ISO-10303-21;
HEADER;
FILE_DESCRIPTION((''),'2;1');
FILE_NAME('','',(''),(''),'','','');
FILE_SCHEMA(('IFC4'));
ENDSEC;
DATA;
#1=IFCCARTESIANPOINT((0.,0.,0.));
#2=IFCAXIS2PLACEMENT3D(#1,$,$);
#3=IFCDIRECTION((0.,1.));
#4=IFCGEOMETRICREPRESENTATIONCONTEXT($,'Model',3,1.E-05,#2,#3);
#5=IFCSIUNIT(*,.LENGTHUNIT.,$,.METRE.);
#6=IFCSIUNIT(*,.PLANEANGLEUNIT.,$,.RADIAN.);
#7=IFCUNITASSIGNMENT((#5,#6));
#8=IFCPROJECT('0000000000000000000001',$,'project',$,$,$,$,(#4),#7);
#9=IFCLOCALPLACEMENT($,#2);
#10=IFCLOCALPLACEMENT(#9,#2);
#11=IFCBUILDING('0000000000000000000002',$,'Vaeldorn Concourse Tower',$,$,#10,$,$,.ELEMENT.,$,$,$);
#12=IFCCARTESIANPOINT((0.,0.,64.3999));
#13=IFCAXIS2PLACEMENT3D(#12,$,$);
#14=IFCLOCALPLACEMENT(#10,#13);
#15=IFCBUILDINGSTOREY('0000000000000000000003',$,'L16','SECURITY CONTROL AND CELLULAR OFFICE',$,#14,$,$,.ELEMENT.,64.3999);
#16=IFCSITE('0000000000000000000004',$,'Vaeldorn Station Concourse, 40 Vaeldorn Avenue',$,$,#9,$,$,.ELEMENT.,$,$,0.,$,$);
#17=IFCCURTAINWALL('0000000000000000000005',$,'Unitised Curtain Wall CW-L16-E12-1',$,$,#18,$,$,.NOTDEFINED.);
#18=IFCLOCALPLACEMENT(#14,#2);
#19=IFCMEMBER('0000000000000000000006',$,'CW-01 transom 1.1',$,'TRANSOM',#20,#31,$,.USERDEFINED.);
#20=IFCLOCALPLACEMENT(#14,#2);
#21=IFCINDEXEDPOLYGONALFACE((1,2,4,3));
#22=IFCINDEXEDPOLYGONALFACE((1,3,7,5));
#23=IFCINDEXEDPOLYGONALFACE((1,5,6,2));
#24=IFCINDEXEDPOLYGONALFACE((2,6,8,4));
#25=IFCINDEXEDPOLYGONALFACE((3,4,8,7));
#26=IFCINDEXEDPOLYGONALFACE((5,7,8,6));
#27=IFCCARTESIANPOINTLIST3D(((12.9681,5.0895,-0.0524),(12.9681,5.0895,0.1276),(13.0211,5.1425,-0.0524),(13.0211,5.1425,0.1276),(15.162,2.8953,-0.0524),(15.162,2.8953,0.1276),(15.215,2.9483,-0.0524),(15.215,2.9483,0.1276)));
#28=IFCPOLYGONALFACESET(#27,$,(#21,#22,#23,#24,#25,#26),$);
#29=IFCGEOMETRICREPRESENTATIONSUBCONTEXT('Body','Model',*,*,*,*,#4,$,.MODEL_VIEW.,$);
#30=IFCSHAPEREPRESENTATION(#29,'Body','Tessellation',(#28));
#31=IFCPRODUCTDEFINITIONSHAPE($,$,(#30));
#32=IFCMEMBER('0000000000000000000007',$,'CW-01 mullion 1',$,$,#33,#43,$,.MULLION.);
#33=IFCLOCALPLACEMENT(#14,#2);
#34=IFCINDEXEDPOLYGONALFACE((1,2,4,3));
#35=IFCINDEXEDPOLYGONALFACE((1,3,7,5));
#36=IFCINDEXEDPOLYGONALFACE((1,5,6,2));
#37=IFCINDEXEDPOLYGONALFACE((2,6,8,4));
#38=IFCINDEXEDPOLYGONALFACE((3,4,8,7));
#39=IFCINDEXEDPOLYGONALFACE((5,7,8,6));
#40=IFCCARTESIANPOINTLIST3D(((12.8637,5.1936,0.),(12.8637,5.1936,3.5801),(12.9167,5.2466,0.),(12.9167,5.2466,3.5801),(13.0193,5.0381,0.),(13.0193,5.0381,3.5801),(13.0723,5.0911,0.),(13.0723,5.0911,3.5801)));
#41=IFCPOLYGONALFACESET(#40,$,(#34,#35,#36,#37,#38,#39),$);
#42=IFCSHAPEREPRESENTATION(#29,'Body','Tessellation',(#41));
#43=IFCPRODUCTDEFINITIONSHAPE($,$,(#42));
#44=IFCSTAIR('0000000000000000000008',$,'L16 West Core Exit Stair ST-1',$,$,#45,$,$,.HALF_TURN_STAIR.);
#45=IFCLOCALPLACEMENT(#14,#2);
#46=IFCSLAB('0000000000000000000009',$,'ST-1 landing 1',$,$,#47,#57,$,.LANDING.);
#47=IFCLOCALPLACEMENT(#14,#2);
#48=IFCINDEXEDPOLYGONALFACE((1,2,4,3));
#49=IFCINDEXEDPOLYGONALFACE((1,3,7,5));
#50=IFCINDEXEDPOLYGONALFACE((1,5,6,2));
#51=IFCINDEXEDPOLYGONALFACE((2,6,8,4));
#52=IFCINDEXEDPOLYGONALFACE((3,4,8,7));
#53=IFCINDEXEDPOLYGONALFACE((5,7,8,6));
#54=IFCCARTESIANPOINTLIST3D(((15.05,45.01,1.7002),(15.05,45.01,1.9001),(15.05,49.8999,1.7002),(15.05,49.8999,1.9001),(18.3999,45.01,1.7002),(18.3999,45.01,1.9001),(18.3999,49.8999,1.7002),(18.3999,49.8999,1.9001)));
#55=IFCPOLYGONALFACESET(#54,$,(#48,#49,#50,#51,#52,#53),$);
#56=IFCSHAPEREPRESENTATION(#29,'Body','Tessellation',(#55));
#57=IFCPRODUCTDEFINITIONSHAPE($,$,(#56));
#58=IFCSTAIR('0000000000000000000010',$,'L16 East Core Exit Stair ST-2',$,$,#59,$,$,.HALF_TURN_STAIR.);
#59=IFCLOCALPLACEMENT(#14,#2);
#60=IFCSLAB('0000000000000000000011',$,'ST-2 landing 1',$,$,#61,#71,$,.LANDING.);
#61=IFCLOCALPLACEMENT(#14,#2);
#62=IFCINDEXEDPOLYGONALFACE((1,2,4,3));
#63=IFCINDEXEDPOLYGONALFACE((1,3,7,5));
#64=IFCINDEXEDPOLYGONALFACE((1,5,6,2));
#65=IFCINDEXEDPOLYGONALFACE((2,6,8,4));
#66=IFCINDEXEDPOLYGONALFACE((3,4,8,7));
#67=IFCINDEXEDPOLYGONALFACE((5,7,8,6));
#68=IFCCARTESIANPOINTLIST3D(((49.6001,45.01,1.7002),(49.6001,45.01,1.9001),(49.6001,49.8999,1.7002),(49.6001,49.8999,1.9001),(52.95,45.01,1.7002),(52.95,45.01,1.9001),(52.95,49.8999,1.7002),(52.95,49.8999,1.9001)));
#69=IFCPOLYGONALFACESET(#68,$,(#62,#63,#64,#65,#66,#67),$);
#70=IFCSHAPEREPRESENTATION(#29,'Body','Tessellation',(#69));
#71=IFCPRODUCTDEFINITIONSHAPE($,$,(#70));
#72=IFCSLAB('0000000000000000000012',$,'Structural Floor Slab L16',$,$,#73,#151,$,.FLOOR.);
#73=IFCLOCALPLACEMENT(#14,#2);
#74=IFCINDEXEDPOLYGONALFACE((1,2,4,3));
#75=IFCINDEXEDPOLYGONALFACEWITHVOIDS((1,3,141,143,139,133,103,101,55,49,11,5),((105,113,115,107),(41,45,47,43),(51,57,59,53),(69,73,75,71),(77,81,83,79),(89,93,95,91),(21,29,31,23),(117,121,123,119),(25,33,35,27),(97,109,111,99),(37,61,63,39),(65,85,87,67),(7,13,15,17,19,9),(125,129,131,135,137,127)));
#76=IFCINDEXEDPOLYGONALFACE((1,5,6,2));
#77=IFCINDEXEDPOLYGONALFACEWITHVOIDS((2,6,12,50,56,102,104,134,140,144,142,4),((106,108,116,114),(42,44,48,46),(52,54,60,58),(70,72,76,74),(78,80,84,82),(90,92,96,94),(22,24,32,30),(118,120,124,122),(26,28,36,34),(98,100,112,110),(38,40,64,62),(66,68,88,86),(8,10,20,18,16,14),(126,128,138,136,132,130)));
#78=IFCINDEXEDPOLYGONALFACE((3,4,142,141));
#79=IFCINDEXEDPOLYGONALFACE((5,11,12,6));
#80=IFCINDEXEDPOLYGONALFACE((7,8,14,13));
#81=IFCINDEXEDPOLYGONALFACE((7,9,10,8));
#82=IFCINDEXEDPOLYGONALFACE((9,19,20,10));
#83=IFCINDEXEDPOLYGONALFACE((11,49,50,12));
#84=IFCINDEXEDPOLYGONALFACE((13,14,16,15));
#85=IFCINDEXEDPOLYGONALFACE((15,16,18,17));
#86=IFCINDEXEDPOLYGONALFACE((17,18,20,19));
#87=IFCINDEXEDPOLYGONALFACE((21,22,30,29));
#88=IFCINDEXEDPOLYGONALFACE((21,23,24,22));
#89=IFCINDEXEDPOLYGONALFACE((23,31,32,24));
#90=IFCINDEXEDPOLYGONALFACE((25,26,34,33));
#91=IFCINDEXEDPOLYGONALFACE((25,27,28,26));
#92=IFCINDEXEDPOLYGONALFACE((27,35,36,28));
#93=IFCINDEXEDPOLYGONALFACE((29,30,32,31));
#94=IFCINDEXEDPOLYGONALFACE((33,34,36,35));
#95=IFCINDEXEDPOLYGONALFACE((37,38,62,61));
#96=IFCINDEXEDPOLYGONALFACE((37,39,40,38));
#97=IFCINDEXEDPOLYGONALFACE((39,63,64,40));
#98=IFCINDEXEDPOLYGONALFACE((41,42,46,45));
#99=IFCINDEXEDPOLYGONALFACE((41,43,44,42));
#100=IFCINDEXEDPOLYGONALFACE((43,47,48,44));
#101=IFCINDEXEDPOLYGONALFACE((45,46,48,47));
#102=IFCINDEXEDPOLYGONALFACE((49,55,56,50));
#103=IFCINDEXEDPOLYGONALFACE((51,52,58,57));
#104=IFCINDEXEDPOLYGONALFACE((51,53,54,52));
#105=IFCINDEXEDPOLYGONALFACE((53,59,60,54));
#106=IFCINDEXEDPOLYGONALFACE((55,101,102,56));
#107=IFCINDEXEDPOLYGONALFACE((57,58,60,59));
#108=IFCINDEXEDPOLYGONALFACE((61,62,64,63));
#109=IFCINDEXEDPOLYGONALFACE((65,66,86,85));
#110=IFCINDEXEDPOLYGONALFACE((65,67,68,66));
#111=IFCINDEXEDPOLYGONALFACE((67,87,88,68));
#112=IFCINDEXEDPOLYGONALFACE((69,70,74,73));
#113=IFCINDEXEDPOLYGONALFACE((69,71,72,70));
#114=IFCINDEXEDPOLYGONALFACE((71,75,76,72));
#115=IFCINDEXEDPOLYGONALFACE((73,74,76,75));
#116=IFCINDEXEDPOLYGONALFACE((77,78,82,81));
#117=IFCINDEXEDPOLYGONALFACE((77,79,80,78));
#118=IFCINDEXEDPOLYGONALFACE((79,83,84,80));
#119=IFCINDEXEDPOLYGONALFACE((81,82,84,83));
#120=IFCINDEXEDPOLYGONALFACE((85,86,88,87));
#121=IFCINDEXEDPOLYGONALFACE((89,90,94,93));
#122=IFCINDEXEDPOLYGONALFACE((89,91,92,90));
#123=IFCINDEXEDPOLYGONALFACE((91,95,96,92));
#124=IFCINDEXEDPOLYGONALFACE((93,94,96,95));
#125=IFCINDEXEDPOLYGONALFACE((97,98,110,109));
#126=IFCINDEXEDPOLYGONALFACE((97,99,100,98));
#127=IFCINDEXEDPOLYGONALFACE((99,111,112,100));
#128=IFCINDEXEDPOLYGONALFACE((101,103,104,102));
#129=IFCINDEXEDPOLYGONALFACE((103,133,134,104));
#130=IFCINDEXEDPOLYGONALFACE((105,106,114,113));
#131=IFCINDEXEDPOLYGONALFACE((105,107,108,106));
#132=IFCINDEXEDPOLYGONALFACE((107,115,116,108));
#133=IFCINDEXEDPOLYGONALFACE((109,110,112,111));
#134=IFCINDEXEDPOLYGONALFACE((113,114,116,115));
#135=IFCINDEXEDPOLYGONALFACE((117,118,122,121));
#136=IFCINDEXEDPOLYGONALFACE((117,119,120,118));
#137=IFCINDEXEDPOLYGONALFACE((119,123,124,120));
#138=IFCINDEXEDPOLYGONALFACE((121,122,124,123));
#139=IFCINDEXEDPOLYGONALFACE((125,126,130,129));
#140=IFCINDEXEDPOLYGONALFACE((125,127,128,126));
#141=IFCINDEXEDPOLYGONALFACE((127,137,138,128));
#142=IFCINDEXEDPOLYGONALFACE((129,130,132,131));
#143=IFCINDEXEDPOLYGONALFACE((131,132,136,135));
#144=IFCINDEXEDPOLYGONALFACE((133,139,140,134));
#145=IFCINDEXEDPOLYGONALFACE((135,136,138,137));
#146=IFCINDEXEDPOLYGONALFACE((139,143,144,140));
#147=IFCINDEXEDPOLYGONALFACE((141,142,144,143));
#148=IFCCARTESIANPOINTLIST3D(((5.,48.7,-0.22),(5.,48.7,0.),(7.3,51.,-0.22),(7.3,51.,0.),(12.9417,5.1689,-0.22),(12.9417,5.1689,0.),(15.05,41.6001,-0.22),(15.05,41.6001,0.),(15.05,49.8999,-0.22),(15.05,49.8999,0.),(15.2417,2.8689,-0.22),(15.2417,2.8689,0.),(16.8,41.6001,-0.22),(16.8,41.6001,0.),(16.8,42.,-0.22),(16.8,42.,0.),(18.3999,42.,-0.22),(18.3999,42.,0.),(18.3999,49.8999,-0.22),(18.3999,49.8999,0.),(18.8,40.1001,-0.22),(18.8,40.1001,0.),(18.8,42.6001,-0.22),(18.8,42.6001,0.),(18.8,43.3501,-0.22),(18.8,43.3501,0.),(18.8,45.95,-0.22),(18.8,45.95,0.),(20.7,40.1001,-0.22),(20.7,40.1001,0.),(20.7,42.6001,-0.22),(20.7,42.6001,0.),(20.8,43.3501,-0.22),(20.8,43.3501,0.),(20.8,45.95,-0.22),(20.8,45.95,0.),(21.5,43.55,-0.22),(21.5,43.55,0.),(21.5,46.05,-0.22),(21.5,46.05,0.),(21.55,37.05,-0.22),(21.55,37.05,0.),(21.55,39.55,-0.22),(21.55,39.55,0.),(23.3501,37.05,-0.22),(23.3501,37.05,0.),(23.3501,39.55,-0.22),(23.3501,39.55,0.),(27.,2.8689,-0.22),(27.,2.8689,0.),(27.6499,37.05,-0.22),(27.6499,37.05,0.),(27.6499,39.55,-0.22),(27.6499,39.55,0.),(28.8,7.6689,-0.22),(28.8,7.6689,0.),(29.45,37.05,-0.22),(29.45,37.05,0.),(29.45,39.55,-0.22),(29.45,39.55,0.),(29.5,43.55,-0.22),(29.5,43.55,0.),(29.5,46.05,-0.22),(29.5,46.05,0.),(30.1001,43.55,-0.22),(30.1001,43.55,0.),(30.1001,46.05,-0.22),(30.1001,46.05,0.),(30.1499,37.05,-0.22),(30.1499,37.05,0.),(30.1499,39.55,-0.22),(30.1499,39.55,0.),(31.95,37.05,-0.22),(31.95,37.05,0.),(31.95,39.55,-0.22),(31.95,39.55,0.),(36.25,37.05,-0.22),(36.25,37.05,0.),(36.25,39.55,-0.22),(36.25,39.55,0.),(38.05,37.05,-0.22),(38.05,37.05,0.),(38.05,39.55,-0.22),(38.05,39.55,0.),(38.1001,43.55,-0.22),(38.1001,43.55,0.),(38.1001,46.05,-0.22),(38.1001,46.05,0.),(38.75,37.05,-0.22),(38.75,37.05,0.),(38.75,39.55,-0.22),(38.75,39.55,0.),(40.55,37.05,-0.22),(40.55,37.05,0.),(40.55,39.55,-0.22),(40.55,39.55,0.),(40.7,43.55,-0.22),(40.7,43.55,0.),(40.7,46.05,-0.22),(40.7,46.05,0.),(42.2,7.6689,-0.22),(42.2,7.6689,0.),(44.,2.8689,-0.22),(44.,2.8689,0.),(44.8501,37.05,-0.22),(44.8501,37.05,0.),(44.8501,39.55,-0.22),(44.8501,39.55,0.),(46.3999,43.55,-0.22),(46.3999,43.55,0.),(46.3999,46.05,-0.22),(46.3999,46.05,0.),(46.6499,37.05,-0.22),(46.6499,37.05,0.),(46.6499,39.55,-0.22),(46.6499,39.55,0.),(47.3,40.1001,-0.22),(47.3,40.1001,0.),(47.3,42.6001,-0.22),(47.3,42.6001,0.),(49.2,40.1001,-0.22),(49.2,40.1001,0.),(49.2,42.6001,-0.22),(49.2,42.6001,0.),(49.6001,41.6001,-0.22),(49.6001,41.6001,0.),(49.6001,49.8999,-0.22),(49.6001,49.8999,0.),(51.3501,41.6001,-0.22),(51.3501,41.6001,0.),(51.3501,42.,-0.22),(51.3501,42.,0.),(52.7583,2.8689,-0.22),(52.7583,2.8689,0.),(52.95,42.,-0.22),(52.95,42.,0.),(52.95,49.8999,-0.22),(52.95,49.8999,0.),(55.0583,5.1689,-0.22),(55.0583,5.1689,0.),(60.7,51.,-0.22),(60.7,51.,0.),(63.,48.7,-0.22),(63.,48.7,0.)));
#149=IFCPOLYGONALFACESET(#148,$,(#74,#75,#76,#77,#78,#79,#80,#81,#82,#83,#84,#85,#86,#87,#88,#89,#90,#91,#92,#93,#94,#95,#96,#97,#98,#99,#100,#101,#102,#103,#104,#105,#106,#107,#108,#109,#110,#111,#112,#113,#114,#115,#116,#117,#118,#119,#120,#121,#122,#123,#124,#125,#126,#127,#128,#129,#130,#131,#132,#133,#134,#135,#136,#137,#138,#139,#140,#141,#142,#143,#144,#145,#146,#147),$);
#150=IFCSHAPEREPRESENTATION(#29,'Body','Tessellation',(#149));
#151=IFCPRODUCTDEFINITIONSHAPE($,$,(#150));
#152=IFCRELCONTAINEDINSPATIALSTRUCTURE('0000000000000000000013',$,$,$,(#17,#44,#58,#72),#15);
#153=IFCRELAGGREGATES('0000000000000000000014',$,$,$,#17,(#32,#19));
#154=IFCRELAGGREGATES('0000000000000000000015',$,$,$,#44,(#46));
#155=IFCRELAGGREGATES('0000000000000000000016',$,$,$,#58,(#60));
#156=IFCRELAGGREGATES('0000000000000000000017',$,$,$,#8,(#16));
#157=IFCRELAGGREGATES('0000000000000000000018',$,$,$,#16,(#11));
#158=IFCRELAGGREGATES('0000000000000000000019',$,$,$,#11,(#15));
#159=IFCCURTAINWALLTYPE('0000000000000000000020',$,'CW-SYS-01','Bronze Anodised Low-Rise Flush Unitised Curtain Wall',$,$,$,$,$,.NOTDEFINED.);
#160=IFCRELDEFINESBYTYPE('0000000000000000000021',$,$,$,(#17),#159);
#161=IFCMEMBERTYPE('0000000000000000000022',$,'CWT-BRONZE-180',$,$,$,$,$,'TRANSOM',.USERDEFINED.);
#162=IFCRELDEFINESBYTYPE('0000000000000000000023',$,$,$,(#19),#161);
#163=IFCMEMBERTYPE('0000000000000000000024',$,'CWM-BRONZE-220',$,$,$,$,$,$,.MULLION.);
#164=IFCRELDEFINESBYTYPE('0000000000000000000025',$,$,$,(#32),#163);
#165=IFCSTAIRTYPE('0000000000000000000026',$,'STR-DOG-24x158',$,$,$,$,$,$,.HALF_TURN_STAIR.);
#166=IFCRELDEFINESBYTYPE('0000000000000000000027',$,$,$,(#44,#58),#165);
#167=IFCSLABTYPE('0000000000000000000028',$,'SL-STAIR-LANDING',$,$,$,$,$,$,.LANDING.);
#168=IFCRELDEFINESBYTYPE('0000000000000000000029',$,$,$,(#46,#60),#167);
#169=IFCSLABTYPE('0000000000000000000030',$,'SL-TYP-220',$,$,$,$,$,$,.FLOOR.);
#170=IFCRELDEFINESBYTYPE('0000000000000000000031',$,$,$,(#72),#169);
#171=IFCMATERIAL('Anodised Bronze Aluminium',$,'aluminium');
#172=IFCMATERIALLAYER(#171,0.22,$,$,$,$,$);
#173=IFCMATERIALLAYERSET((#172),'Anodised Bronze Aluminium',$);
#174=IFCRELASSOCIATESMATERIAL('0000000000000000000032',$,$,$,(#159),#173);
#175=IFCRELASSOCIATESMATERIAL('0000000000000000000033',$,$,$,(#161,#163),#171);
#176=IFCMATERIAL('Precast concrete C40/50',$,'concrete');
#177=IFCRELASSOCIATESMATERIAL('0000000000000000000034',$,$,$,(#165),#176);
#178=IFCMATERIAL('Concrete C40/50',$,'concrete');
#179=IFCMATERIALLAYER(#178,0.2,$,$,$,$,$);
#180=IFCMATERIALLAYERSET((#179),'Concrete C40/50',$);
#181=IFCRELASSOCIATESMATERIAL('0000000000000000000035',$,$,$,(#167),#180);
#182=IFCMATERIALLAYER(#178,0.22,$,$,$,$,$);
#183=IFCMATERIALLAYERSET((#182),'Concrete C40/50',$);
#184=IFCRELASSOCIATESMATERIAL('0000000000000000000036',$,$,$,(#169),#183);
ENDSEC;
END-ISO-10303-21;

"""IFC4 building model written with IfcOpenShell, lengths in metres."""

from ifc_helpers import new_model, si_unit, direction, frame, origin, origin_2d, place, context, subcontext, project, spatial, polyline, rectangle, outline, extrude, source, transform, mapped, material, layer, layer_set, material_profile, profile_set, type_object, element, aggregate, save


model = new_model("IFC4")

# Units and contexts
model_context = context("Model", 3, precision=1e-05, world=origin(), true_north=direction((0.0, 1.0)))
body_context = subcontext(model_context, "Body", "Model", "MODEL_VIEW")
ifc_project = project(units=[si_unit("LENGTHUNIT", "METRE"), si_unit("PLANEANGLEUNIT", "RADIAN")], contexts=[model_context])

# Site, building, storey
site_placement = place(None, origin())
site = spatial("IfcSite", under=ifc_project, at=site_placement, Name="Vaeldorn Station Concourse, 40 Vaeldorn Avenue", CompositionType="ELEMENT", RefElevation=0.0)
building_placement = place(site_placement, origin())
building = spatial("IfcBuilding", under=site, at=building_placement, Name="Vaeldorn Concourse Tower", CompositionType="ELEMENT")
storey_placement = place(building_placement, frame((0.0, 0.0, 64.3999)))
storey = spatial("IfcBuildingStorey", under=building, at=storey_placement, Name="L16", Description="SECURITY CONTROL AND CELLULAR OFFICE", CompositionType="ELEMENT", Elevation=64.3999)

# Curtain wall, members
ifc_material_1 = material(Name="Anodised Bronze Aluminium", Category="aluminium")
ifc_layer_1 = layer(ifc_material_1, 0.22)
ifc_layer_set_1 = layer_set([ifc_layer_1], Name="Anodised Bronze Aluminium")
curtain_wall_type = type_object("IfcCurtainWallType", Name="CW-SYS-01", Description="Bronze Anodised Low-Rise Flush Unitised Curtain Wall", PredefinedType="NOTDEFINED", material=ifc_layer_set_1)
curtain_wall_placement = place(storey_placement, origin())
curtain_wall = element("IfcCurtainWall", 1, at=curtain_wall_placement, inside=storey, type_object=curtain_wall_type, Name="Unitised Curtain Wall CW-L16-E12-1", PredefinedType="NOTDEFINED")
ifc_material_profile_1 = material_profile(ifc_material_1, rectangle(XDim=0.075, YDim=0.1799, at=origin_2d()), Name="CWT 75x180")
ifc_profile_set_1 = profile_set([ifc_material_profile_1], Name="Anodised Bronze Aluminium")
member_type_1 = type_object("IfcMemberType", Name="CWT-BRONZE-180", ElementType="TRANSOM", PredefinedType="USERDEFINED", material=ifc_profile_set_1)
shared_shape_1 = source(origin(), body_context, "Body", "SweptSolid", [
    extrude(rectangle(XDim=0.075, YDim=0.1799, at=origin_2d()), origin(), (0.0, 0.0, 1.0), 3.1028),
])
member_1_placement = place(storey_placement, frame((12.9946, 5.116, 0.0376), z_axis=(0.707067, -0.707146, 0.0), x_axis=(0.707146, 0.707067, 0.0)))
member_1 = element("IfcMember", 2, at=member_1_placement, type_object=member_type_1, Name="CW-01 transom 1.1", ObjectType="TRANSOM", PredefinedType="USERDEFINED", context=body_context, shape_type="MappedRepresentation", body=[
    mapped(shared_shape_1, transform((0.0, 0.0, 0.0), scale=1.0)),
])
ifc_material_profile_2 = material_profile(ifc_material_1, rectangle(XDim=0.075, YDim=0.22, at=origin_2d()), Name="CWM 75x220")
ifc_profile_set_2 = profile_set([ifc_material_profile_2], Name="Anodised Bronze Aluminium")
member_type_2 = type_object("IfcMemberType", Name="CWM-BRONZE-220", PredefinedType="MULLION", material=ifc_profile_set_2)
shared_shape_2 = source(origin(), body_context, "Body", "SweptSolid", [
    extrude(rectangle(XDim=0.075, YDim=0.22, at=origin_2d()), origin(), (0.0, 0.0, 1.0), 3.5801),
])
member_2_placement = place(storey_placement, frame((12.968, 5.1423, 0.0), z_axis=(0.0, 0.0, 1.0), x_axis=(0.707107, 0.707107, 0.0)))
member_2 = element("IfcMember", 3, at=member_2_placement, type_object=member_type_2, Name="CW-01 mullion 1", PredefinedType="MULLION", context=body_context, shape_type="MappedRepresentation", body=[
    mapped(shared_shape_2, transform((0.0, 0.0, 0.0), scale=1.0)),
])
aggregate(curtain_wall, [member_2, member_1])

# Stairs, slabs
ifc_material_2 = material(Name="Precast concrete C40/50", Category="concrete")
stair_type = type_object("IfcStairType", Name="STR-DOG-24x158", PredefinedType="HALF_TURN_STAIR", material=ifc_material_2)
stair_1_placement = place(storey_placement, origin())
stair_1 = element("IfcStair", 4, at=stair_1_placement, inside=storey, type_object=stair_type, Name="L16 West Core Exit Stair ST-1", PredefinedType="HALF_TURN_STAIR")
ifc_material_3 = material(Name="Concrete C40/50", Category="concrete")
ifc_layer_2 = layer(ifc_material_3, 0.2)
ifc_layer_set_2 = layer_set([ifc_layer_2], Name="Concrete C40/50")
slab_type_1 = type_object("IfcSlabType", Name="SL-STAIR-LANDING", PredefinedType="LANDING", material=ifc_layer_set_2)
slab_1_placement = place(storey_placement, frame((0.0, 0.0, 1.7002)))
slab_1 = element("IfcSlab", 5, at=slab_1_placement, type_object=slab_type_1, Name="ST-1 landing 1", PredefinedType="LANDING", context=body_context, shape_type="SweptSolid", body=[
    extrude(outline(polyline([(18.3999, 45.01), (18.3999, 49.8999), (15.05, 49.8999), (15.05, 45.01), (18.3999, 45.01)])), origin(), (0.0, 0.0, 1.0), 0.2),
])
aggregate(stair_1, [slab_1])
stair_2_placement = place(storey_placement, origin())
stair_2 = element("IfcStair", 6, at=stair_2_placement, inside=storey, type_object=stair_type, Name="L16 East Core Exit Stair ST-2", PredefinedType="HALF_TURN_STAIR")
slab_2_placement = place(storey_placement, frame((0.0, 0.0, 1.7002)))
slab_2 = element("IfcSlab", 7, at=slab_2_placement, type_object=slab_type_1, Name="ST-2 landing 1", PredefinedType="LANDING", context=body_context, shape_type="SweptSolid", body=[
    extrude(outline(polyline([(52.95, 45.01), (52.95, 49.8999), (49.6001, 49.8999), (49.6001, 45.01), (52.95, 45.01)])), origin(), (0.0, 0.0, 1.0), 0.2),
])
aggregate(stair_2, [slab_2])

# Slab
ifc_layer_3 = layer(ifc_material_3, 0.22)
ifc_layer_set_3 = layer_set([ifc_layer_3], Name="Concrete C40/50")
slab_type_2 = type_object("IfcSlabType", Name="SL-TYP-220", PredefinedType="FLOOR", material=ifc_layer_set_3)
slab_3_placement = place(storey_placement, frame((0.0, 0.0, -0.22)))
element("IfcSlab", 8, at=slab_3_placement, inside=storey, type_object=slab_type_2, Name="Structural Floor Slab L16", PredefinedType="FLOOR", context=body_context, shape_type="SweptSolid", body=[
    extrude(outline(polyline([(15.2417, 2.8689), (27.0, 2.8689), (28.8, 7.6689), (42.2, 7.6689), (44.0, 2.8689), (52.7583, 2.8689), (55.0583, 5.1689), (63.0, 48.7), (60.7, 51.0), (7.3, 51.0), (5.0, 48.7), (12.9417, 5.1689), (15.2417, 2.8689)]), holes=[polyline([(18.3999, 42.0), (18.3999, 49.8999), (15.05, 49.8999), (15.05, 41.6001), (16.8, 41.6001), (16.8, 42.0), (18.3999, 42.0)]), polyline([(52.95, 42.0), (52.95, 49.8999), (49.6001, 49.8999), (49.6001, 41.6001), (51.3501, 41.6001), (51.3501, 42.0), (52.95, 42.0)]), polyline([(21.55, 37.05), (23.3501, 37.05), (23.3501, 39.55), (21.55, 39.55), (21.55, 37.05)]), polyline([(27.6499, 37.05), (29.45, 37.05), (29.45, 39.55), (27.6499, 39.55), (27.6499, 37.05)]), polyline([(21.5, 43.55), (29.5, 43.55), (29.5, 46.05), (21.5, 46.05), (21.5, 43.55)]), polyline([(30.1499, 37.05), (31.95, 37.05), (31.95, 39.55), (30.1499, 39.55), (30.1499, 37.05)]), polyline([(36.25, 37.05), (38.05, 37.05), (38.05, 39.55), (36.25, 39.55), (36.25, 37.05)]), polyline([(30.1001, 43.55), (38.1001, 43.55), (38.1001, 46.05), (30.1001, 46.05), (30.1001, 43.55)]), polyline([(38.75, 37.05), (40.55, 37.05), (40.55, 39.55), (38.75, 39.55), (38.75, 37.05)]), polyline([(44.8501, 37.05), (46.6499, 37.05), (46.6499, 39.55), (44.8501, 39.55), (44.8501, 37.05)]), polyline([(40.7, 43.55), (46.3999, 43.55), (46.3999, 46.05), (40.7, 46.05), (40.7, 43.55)]), polyline([(18.8, 43.3501), (20.8, 43.3501), (20.8, 45.95), (18.8, 45.95), (18.8, 43.3501)]), polyline([(18.8, 40.1001), (20.7, 40.1001), (20.7, 42.6001), (18.8, 42.6001), (18.8, 40.1001)]), polyline([(47.3, 40.1001), (49.2, 40.1001), (49.2, 42.6001), (47.3, 42.6001), (47.3, 40.1001)])]), origin(), (0.0, 0.0, 1.0), 0.22),
])

save(model, "model.ifc")
